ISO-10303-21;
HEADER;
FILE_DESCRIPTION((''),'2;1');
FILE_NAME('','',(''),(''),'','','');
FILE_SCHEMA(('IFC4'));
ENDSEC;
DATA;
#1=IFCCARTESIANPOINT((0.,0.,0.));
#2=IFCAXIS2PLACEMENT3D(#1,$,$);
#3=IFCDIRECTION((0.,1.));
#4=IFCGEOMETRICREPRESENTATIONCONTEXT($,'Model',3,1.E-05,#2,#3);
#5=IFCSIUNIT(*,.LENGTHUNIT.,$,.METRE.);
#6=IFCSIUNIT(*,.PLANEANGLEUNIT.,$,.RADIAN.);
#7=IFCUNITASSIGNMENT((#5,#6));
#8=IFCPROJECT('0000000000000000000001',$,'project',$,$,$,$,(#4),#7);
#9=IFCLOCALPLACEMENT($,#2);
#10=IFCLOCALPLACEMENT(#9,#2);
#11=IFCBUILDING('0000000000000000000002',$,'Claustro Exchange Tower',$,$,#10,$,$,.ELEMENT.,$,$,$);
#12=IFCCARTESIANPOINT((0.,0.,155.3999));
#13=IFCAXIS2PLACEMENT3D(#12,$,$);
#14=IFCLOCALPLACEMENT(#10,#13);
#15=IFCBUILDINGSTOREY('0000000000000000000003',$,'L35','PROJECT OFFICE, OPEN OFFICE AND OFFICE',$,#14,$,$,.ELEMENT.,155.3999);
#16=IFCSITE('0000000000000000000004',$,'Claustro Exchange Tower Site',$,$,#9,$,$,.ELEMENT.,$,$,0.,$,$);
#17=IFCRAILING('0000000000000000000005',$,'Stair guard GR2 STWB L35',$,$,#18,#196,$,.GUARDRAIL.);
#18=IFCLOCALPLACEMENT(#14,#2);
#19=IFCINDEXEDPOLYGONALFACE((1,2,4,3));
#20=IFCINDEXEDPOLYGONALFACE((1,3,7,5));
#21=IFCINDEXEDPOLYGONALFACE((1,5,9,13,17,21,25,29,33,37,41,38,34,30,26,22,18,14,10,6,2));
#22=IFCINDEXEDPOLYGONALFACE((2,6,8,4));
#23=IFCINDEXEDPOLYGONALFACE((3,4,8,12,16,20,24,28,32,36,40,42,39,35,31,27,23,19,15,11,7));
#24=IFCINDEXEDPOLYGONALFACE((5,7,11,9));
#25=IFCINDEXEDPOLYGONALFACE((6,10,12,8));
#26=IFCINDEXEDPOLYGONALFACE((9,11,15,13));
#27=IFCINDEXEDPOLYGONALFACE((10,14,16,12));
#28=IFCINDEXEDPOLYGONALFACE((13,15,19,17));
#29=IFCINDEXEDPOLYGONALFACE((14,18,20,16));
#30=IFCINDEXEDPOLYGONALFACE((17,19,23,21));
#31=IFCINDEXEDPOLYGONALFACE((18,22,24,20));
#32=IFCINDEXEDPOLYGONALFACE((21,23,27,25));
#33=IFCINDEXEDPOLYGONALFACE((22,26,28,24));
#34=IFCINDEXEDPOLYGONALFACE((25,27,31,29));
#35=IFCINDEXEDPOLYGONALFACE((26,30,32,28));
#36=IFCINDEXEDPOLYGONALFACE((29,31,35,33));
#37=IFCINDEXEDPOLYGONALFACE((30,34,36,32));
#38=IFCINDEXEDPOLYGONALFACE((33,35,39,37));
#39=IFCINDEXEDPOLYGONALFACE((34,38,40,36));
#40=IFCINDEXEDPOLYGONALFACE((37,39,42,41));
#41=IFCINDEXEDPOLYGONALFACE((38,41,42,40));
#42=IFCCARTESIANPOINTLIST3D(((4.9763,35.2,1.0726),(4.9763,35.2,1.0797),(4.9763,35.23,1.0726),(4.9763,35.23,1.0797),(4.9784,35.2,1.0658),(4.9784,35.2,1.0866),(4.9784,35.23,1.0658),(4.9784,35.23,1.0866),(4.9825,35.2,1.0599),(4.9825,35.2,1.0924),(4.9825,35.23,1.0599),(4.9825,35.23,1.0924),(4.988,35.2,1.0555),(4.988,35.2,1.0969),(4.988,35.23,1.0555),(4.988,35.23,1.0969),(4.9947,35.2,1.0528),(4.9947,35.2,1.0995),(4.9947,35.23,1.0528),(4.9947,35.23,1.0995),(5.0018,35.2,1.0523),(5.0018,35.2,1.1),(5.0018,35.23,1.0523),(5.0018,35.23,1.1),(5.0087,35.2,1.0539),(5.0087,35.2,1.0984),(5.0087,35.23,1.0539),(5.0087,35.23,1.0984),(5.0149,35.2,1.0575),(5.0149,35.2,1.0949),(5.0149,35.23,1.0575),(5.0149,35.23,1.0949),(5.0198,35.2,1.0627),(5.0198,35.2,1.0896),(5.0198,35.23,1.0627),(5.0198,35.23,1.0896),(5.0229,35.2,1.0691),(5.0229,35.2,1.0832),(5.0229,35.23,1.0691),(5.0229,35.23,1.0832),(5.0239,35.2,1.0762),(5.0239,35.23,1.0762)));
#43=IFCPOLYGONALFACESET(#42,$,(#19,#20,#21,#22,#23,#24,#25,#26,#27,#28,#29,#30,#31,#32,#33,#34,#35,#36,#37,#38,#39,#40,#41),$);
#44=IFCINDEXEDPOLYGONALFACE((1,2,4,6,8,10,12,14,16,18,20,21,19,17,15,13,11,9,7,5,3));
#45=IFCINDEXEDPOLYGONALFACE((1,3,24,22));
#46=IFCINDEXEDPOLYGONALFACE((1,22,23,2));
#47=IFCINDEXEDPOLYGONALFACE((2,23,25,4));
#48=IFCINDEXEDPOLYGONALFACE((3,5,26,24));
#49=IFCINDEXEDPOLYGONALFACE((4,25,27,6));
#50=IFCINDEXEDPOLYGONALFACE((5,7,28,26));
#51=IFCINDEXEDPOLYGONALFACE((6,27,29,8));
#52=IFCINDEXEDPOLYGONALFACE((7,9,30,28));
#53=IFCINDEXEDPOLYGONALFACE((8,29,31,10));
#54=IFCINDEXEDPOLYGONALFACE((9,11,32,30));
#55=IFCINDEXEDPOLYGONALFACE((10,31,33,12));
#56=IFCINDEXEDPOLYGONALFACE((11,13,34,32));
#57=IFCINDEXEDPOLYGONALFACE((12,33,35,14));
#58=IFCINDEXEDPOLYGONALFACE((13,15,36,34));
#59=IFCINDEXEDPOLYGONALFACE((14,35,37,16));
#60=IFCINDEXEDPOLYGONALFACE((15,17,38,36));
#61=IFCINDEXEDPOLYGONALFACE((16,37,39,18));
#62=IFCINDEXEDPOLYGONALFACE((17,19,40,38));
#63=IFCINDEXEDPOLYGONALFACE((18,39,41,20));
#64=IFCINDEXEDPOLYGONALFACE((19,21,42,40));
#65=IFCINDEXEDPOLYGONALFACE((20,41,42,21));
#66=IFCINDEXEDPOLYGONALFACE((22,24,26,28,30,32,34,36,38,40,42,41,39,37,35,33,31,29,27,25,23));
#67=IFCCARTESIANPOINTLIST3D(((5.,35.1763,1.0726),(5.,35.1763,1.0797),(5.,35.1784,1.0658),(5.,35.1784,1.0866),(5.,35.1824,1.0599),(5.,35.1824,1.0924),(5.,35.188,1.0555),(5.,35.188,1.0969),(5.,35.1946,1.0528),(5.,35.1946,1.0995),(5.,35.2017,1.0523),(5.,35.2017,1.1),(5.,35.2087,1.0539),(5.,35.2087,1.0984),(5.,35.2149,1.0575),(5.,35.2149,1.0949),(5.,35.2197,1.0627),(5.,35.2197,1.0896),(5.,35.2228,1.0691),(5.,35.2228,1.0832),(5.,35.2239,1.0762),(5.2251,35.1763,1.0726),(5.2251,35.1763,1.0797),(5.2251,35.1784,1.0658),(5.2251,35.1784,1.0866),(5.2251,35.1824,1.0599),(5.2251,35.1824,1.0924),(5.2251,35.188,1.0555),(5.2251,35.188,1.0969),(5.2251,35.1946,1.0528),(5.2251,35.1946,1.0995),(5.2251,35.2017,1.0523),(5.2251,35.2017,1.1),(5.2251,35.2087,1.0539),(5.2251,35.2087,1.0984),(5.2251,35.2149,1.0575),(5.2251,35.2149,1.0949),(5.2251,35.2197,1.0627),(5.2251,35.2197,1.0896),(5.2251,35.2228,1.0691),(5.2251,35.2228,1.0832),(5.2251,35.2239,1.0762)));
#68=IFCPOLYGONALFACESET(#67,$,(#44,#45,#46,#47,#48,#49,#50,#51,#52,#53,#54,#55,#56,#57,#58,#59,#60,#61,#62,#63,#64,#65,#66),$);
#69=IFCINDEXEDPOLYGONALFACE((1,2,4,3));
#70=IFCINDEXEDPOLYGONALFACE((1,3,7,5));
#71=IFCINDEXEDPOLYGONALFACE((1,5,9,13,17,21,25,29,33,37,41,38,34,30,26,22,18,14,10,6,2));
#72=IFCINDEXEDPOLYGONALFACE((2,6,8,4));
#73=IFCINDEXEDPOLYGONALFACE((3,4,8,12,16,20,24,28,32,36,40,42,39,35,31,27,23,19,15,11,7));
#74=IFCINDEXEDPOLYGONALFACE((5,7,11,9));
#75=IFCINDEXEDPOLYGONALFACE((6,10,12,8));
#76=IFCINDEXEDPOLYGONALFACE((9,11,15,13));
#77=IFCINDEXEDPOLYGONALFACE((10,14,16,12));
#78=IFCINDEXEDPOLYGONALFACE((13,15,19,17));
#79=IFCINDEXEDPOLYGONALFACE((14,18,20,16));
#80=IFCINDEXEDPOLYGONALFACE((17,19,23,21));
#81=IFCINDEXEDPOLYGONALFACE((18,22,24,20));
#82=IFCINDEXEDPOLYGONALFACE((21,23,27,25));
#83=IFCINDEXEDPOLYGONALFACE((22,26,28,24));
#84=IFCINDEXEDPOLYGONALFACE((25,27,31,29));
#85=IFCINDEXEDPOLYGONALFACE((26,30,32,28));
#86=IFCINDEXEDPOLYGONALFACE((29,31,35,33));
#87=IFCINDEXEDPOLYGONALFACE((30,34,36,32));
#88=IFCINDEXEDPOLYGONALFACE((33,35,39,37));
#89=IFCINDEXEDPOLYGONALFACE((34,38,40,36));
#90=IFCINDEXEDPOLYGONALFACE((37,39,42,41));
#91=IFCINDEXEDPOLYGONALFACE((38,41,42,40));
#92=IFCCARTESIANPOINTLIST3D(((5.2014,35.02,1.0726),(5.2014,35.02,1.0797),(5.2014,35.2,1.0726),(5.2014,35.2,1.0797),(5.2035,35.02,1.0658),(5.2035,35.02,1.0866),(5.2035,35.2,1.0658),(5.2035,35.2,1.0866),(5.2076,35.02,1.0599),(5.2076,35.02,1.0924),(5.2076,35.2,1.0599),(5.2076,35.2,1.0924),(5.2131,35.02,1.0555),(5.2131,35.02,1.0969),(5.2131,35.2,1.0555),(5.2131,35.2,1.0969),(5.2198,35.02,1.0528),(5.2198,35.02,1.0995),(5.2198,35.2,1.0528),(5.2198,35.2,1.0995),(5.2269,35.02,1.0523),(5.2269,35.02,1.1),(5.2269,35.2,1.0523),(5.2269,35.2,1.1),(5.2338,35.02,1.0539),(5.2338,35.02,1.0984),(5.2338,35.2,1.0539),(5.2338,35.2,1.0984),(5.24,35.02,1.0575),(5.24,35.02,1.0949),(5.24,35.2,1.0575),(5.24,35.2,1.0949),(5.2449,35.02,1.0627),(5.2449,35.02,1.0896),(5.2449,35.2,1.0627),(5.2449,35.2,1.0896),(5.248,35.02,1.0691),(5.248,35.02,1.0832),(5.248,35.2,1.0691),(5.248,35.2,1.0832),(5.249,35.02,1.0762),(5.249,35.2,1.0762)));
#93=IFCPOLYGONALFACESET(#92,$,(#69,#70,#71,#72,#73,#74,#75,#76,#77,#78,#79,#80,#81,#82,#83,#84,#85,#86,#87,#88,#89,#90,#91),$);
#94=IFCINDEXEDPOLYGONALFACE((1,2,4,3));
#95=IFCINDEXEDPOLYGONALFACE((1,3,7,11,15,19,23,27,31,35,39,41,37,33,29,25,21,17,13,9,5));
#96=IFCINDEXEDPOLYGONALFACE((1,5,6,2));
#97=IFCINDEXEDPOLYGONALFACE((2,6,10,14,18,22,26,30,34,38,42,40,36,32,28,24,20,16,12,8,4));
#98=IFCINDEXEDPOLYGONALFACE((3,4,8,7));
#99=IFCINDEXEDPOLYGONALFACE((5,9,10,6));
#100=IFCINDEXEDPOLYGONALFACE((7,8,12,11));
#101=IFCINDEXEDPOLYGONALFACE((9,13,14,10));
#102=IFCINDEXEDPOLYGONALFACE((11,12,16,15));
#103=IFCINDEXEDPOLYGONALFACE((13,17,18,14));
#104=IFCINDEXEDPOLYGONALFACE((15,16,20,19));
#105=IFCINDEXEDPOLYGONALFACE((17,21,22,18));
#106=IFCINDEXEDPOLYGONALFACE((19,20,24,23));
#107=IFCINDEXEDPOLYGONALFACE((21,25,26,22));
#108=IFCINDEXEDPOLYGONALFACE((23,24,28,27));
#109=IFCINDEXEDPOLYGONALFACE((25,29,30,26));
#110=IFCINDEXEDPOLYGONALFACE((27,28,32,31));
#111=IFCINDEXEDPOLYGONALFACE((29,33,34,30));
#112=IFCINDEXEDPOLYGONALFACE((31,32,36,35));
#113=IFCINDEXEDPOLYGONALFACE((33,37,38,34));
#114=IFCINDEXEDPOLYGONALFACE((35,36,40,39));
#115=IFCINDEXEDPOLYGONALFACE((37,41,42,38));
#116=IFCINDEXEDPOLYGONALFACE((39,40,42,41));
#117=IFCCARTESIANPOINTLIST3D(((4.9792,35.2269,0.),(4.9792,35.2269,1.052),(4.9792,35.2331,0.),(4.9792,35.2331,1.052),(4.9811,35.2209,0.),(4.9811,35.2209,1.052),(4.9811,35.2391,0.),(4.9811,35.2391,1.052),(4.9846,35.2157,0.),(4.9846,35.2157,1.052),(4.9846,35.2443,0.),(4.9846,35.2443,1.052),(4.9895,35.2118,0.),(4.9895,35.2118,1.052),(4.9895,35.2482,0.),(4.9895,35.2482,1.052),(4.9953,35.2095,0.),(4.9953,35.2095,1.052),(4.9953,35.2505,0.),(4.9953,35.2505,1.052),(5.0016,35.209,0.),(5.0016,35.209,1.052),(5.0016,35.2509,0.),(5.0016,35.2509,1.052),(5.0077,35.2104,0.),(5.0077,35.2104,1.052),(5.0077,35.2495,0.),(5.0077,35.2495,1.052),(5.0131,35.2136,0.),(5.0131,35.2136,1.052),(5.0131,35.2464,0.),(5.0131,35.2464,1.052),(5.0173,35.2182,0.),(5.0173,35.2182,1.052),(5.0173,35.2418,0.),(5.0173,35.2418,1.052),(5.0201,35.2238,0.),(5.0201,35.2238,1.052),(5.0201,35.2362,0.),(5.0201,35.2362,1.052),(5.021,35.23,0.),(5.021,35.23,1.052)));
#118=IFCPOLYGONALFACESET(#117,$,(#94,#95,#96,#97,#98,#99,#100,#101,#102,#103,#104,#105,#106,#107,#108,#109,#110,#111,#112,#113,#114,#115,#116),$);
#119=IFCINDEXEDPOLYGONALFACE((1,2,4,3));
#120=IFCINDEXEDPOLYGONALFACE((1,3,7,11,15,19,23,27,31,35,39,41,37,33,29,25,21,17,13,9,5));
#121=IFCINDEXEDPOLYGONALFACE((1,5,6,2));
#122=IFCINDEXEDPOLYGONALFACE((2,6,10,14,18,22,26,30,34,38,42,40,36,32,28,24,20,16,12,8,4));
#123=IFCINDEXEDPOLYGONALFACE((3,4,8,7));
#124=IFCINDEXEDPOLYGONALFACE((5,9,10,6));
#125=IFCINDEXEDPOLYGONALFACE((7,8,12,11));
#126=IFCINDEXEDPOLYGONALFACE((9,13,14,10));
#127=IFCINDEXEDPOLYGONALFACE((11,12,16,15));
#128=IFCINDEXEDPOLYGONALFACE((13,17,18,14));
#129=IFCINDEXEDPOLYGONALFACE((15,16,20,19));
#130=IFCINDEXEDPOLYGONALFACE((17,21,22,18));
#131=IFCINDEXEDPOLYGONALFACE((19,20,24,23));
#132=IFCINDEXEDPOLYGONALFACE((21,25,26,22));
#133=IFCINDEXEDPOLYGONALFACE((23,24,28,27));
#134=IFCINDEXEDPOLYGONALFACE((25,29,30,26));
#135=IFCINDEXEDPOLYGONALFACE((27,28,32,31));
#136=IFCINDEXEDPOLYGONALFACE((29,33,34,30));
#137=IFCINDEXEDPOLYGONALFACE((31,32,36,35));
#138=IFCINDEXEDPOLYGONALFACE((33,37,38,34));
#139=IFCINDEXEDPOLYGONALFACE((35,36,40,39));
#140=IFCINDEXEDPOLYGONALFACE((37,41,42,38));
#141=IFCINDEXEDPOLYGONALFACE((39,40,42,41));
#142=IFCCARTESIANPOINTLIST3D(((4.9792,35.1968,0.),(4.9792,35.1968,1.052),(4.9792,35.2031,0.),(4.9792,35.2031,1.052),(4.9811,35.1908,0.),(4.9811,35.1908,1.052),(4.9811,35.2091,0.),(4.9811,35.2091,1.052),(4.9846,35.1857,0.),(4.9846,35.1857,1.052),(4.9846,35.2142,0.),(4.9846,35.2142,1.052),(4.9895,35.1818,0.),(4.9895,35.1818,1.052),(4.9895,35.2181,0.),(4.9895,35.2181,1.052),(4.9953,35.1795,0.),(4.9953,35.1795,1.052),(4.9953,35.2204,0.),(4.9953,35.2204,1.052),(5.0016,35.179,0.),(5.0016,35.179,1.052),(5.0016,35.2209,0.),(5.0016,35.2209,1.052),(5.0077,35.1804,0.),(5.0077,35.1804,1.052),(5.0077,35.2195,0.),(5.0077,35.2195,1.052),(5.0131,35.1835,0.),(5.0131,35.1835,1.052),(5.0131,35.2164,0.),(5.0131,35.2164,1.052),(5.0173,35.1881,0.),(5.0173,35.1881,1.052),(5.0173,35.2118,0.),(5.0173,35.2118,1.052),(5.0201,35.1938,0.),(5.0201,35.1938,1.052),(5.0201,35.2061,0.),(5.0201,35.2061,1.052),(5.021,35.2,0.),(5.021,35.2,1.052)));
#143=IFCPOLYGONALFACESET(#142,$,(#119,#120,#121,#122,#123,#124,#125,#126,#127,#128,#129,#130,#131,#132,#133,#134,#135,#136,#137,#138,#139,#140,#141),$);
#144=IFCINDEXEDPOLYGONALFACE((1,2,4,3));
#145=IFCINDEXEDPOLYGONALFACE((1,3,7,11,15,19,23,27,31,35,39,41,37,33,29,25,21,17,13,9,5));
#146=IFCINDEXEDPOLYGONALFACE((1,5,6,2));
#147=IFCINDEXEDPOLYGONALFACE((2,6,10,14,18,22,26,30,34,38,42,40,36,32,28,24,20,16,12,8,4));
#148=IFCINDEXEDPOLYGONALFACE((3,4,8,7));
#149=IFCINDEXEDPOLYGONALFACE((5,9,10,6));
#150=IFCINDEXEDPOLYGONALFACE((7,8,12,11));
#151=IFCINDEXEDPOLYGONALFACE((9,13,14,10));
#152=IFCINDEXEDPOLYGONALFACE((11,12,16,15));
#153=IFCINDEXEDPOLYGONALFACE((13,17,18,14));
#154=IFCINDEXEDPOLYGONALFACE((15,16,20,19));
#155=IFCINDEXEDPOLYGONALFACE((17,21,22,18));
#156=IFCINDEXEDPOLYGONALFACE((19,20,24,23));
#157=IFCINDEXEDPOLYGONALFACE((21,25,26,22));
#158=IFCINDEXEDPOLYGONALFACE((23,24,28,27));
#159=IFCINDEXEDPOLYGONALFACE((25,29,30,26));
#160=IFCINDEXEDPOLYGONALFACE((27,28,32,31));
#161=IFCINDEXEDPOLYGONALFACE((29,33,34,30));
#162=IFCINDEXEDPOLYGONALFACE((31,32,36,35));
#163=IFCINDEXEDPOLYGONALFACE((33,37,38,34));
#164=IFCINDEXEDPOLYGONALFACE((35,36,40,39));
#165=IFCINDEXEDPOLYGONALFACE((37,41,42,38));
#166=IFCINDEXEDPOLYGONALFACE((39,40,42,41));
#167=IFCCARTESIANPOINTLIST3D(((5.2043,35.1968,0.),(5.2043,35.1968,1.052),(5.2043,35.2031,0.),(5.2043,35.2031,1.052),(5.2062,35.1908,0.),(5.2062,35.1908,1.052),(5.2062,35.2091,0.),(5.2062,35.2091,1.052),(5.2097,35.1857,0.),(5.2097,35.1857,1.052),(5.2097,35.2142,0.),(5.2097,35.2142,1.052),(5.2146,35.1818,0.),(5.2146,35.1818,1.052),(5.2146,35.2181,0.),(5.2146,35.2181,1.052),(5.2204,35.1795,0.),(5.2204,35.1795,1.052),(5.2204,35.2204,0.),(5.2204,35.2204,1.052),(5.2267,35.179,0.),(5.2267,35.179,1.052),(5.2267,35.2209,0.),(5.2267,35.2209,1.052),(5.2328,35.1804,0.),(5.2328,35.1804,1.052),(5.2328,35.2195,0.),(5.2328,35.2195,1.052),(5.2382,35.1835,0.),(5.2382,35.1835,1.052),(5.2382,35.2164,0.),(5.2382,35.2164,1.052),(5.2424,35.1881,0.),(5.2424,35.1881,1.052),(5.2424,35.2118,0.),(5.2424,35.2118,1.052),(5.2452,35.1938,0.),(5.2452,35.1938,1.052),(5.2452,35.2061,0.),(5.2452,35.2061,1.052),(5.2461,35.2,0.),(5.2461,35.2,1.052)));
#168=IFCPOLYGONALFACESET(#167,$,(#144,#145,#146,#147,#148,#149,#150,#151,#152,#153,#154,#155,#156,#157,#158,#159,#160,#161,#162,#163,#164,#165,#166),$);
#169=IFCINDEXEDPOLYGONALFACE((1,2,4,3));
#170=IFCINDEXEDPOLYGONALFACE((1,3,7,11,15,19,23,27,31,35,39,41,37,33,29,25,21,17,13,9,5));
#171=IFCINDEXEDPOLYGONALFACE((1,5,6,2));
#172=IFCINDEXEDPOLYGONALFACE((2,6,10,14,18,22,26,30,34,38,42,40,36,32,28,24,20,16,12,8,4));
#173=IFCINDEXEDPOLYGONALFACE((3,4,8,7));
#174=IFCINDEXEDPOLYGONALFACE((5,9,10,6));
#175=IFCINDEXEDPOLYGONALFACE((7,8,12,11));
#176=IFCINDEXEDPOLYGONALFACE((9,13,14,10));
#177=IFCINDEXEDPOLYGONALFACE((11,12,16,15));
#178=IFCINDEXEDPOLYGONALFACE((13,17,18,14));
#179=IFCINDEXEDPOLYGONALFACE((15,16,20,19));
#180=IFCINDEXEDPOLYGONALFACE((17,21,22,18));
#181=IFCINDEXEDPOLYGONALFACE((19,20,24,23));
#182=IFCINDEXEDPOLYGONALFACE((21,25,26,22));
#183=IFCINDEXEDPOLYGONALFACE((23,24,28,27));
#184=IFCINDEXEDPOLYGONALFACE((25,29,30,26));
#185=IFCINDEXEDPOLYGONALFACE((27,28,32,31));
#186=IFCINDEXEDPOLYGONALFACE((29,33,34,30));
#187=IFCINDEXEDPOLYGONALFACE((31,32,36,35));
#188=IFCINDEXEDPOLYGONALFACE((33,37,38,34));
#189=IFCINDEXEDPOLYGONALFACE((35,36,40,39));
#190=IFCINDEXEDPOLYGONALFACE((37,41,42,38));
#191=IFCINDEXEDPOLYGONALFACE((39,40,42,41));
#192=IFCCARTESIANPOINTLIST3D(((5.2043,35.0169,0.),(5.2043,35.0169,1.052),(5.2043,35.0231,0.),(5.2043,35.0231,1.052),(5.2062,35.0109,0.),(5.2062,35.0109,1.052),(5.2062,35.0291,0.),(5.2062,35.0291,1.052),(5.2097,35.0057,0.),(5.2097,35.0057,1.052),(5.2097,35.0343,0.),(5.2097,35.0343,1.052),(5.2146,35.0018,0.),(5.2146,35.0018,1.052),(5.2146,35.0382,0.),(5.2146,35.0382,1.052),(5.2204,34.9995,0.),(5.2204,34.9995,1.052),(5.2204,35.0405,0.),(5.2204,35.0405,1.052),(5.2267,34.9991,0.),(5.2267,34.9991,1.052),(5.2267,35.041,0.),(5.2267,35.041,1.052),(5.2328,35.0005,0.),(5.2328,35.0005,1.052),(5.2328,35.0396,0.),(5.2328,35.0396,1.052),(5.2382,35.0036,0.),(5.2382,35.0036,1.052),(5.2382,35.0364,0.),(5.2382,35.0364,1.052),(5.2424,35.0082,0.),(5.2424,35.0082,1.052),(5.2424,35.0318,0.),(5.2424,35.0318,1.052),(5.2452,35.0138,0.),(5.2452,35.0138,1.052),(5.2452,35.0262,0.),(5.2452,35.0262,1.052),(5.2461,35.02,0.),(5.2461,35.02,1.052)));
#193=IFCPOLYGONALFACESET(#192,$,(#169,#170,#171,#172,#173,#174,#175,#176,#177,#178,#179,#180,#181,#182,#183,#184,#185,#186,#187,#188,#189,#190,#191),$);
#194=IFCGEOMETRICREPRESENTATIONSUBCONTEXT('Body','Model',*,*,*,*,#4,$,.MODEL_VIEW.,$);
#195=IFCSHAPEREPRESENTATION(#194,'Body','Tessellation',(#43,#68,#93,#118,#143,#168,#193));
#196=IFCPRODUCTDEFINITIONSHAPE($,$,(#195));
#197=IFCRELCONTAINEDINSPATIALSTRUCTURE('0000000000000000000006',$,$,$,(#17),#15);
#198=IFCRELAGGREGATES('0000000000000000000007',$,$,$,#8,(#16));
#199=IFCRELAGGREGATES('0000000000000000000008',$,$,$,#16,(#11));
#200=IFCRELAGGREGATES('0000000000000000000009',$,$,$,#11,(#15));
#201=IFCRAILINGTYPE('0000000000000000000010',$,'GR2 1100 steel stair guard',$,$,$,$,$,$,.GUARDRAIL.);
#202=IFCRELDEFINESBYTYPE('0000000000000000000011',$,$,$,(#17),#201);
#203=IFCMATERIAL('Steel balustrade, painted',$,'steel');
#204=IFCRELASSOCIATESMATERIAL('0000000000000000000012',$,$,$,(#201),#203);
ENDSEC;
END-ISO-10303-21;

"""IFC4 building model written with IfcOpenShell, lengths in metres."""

from ifc_helpers import new_model, si_unit, direction, frame, origin, origin_2d, place, context, subcontext, project, spatial, circle, extrude, material, type_object, element, save


model = new_model("IFC4")

# Units and contexts
model_context = context("Model", 3, precision=1e-05, world=origin(), true_north=direction((0.0, 1.0)))
body_context = subcontext(model_context, "Body", "Model", "MODEL_VIEW")
ifc_project = project(units=[si_unit("LENGTHUNIT", "METRE"), si_unit("PLANEANGLEUNIT", "RADIAN")], contexts=[model_context])

# Site, building, storey
site_placement = place(None, origin())
site = spatial("IfcSite", under=ifc_project, at=site_placement, Name="Claustro Exchange Tower Site", CompositionType="ELEMENT", RefElevation=0.0)
building_placement = place(site_placement, origin())
building = spatial("IfcBuilding", under=site, at=building_placement, Name="Claustro Exchange Tower", CompositionType="ELEMENT")
storey_placement = place(building_placement, frame((0.0, 0.0, 155.3999)))
storey = spatial("IfcBuildingStorey", under=building, at=storey_placement, Name="L35", Description="PROJECT OFFICE, OPEN OFFICE AND OFFICE", CompositionType="ELEMENT", Elevation=155.3999)

# Railing
ifc_material_1 = material(Name="Steel balustrade, painted", Category="steel")
railing_type_1 = type_object("IfcRailingType", Name="GR2 1100 steel stair guard", PredefinedType="GUARDRAIL", material=ifc_material_1)
railing_1_placement = place(storey_placement, frame((5.0, 35.23, 0.0)))
element("IfcRailing", 1, at=railing_1_placement, inside=storey, type_object=railing_type_1, Name="Stair guard GR2 STWB L35", PredefinedType="GUARDRAIL", context=body_context, shape_type="SweptSolid", body=[
    extrude(circle(Radius=0.0239, at=origin_2d()), frame((0.0, 0.0, 1.0762), z_axis=(0.0, -1.0, 0.0), x_axis=(1.0, 0.0, 0.0)), (0.0, 0.0, 1.0), 0.03),
    extrude(circle(Radius=0.0239, at=origin_2d()), frame((0.0, -0.03, 1.0762), z_axis=(1.0, 0.0, 0.0), x_axis=(0.0, 1.0, 0.0)), (0.0, 0.0, 1.0), 0.2251),
    extrude(circle(Radius=0.0239, at=origin_2d()), frame((0.2251, -0.03, 1.0762), z_axis=(0.0, -1.0, 0.0), x_axis=(1.0, 0.0, 0.0)), (0.0, 0.0, 1.0), 0.1799),
    extrude(circle(Radius=0.021, at=origin_2d()), origin(), (0.0, 0.0, 1.0), 1.052),
    extrude(circle(Radius=0.021, at=origin_2d()), frame((0.0, -0.03, 0.0)), (0.0, 0.0, 1.0), 1.052),
    extrude(circle(Radius=0.021, at=origin_2d()), frame((0.2251, -0.03, 0.0)), (0.0, 0.0, 1.0), 1.052),
    extrude(circle(Radius=0.021, at=origin_2d()), frame((0.2251, -0.21, 0.0)), (0.0, 0.0, 1.0), 1.052),
])

save(model, "model.ifc")
